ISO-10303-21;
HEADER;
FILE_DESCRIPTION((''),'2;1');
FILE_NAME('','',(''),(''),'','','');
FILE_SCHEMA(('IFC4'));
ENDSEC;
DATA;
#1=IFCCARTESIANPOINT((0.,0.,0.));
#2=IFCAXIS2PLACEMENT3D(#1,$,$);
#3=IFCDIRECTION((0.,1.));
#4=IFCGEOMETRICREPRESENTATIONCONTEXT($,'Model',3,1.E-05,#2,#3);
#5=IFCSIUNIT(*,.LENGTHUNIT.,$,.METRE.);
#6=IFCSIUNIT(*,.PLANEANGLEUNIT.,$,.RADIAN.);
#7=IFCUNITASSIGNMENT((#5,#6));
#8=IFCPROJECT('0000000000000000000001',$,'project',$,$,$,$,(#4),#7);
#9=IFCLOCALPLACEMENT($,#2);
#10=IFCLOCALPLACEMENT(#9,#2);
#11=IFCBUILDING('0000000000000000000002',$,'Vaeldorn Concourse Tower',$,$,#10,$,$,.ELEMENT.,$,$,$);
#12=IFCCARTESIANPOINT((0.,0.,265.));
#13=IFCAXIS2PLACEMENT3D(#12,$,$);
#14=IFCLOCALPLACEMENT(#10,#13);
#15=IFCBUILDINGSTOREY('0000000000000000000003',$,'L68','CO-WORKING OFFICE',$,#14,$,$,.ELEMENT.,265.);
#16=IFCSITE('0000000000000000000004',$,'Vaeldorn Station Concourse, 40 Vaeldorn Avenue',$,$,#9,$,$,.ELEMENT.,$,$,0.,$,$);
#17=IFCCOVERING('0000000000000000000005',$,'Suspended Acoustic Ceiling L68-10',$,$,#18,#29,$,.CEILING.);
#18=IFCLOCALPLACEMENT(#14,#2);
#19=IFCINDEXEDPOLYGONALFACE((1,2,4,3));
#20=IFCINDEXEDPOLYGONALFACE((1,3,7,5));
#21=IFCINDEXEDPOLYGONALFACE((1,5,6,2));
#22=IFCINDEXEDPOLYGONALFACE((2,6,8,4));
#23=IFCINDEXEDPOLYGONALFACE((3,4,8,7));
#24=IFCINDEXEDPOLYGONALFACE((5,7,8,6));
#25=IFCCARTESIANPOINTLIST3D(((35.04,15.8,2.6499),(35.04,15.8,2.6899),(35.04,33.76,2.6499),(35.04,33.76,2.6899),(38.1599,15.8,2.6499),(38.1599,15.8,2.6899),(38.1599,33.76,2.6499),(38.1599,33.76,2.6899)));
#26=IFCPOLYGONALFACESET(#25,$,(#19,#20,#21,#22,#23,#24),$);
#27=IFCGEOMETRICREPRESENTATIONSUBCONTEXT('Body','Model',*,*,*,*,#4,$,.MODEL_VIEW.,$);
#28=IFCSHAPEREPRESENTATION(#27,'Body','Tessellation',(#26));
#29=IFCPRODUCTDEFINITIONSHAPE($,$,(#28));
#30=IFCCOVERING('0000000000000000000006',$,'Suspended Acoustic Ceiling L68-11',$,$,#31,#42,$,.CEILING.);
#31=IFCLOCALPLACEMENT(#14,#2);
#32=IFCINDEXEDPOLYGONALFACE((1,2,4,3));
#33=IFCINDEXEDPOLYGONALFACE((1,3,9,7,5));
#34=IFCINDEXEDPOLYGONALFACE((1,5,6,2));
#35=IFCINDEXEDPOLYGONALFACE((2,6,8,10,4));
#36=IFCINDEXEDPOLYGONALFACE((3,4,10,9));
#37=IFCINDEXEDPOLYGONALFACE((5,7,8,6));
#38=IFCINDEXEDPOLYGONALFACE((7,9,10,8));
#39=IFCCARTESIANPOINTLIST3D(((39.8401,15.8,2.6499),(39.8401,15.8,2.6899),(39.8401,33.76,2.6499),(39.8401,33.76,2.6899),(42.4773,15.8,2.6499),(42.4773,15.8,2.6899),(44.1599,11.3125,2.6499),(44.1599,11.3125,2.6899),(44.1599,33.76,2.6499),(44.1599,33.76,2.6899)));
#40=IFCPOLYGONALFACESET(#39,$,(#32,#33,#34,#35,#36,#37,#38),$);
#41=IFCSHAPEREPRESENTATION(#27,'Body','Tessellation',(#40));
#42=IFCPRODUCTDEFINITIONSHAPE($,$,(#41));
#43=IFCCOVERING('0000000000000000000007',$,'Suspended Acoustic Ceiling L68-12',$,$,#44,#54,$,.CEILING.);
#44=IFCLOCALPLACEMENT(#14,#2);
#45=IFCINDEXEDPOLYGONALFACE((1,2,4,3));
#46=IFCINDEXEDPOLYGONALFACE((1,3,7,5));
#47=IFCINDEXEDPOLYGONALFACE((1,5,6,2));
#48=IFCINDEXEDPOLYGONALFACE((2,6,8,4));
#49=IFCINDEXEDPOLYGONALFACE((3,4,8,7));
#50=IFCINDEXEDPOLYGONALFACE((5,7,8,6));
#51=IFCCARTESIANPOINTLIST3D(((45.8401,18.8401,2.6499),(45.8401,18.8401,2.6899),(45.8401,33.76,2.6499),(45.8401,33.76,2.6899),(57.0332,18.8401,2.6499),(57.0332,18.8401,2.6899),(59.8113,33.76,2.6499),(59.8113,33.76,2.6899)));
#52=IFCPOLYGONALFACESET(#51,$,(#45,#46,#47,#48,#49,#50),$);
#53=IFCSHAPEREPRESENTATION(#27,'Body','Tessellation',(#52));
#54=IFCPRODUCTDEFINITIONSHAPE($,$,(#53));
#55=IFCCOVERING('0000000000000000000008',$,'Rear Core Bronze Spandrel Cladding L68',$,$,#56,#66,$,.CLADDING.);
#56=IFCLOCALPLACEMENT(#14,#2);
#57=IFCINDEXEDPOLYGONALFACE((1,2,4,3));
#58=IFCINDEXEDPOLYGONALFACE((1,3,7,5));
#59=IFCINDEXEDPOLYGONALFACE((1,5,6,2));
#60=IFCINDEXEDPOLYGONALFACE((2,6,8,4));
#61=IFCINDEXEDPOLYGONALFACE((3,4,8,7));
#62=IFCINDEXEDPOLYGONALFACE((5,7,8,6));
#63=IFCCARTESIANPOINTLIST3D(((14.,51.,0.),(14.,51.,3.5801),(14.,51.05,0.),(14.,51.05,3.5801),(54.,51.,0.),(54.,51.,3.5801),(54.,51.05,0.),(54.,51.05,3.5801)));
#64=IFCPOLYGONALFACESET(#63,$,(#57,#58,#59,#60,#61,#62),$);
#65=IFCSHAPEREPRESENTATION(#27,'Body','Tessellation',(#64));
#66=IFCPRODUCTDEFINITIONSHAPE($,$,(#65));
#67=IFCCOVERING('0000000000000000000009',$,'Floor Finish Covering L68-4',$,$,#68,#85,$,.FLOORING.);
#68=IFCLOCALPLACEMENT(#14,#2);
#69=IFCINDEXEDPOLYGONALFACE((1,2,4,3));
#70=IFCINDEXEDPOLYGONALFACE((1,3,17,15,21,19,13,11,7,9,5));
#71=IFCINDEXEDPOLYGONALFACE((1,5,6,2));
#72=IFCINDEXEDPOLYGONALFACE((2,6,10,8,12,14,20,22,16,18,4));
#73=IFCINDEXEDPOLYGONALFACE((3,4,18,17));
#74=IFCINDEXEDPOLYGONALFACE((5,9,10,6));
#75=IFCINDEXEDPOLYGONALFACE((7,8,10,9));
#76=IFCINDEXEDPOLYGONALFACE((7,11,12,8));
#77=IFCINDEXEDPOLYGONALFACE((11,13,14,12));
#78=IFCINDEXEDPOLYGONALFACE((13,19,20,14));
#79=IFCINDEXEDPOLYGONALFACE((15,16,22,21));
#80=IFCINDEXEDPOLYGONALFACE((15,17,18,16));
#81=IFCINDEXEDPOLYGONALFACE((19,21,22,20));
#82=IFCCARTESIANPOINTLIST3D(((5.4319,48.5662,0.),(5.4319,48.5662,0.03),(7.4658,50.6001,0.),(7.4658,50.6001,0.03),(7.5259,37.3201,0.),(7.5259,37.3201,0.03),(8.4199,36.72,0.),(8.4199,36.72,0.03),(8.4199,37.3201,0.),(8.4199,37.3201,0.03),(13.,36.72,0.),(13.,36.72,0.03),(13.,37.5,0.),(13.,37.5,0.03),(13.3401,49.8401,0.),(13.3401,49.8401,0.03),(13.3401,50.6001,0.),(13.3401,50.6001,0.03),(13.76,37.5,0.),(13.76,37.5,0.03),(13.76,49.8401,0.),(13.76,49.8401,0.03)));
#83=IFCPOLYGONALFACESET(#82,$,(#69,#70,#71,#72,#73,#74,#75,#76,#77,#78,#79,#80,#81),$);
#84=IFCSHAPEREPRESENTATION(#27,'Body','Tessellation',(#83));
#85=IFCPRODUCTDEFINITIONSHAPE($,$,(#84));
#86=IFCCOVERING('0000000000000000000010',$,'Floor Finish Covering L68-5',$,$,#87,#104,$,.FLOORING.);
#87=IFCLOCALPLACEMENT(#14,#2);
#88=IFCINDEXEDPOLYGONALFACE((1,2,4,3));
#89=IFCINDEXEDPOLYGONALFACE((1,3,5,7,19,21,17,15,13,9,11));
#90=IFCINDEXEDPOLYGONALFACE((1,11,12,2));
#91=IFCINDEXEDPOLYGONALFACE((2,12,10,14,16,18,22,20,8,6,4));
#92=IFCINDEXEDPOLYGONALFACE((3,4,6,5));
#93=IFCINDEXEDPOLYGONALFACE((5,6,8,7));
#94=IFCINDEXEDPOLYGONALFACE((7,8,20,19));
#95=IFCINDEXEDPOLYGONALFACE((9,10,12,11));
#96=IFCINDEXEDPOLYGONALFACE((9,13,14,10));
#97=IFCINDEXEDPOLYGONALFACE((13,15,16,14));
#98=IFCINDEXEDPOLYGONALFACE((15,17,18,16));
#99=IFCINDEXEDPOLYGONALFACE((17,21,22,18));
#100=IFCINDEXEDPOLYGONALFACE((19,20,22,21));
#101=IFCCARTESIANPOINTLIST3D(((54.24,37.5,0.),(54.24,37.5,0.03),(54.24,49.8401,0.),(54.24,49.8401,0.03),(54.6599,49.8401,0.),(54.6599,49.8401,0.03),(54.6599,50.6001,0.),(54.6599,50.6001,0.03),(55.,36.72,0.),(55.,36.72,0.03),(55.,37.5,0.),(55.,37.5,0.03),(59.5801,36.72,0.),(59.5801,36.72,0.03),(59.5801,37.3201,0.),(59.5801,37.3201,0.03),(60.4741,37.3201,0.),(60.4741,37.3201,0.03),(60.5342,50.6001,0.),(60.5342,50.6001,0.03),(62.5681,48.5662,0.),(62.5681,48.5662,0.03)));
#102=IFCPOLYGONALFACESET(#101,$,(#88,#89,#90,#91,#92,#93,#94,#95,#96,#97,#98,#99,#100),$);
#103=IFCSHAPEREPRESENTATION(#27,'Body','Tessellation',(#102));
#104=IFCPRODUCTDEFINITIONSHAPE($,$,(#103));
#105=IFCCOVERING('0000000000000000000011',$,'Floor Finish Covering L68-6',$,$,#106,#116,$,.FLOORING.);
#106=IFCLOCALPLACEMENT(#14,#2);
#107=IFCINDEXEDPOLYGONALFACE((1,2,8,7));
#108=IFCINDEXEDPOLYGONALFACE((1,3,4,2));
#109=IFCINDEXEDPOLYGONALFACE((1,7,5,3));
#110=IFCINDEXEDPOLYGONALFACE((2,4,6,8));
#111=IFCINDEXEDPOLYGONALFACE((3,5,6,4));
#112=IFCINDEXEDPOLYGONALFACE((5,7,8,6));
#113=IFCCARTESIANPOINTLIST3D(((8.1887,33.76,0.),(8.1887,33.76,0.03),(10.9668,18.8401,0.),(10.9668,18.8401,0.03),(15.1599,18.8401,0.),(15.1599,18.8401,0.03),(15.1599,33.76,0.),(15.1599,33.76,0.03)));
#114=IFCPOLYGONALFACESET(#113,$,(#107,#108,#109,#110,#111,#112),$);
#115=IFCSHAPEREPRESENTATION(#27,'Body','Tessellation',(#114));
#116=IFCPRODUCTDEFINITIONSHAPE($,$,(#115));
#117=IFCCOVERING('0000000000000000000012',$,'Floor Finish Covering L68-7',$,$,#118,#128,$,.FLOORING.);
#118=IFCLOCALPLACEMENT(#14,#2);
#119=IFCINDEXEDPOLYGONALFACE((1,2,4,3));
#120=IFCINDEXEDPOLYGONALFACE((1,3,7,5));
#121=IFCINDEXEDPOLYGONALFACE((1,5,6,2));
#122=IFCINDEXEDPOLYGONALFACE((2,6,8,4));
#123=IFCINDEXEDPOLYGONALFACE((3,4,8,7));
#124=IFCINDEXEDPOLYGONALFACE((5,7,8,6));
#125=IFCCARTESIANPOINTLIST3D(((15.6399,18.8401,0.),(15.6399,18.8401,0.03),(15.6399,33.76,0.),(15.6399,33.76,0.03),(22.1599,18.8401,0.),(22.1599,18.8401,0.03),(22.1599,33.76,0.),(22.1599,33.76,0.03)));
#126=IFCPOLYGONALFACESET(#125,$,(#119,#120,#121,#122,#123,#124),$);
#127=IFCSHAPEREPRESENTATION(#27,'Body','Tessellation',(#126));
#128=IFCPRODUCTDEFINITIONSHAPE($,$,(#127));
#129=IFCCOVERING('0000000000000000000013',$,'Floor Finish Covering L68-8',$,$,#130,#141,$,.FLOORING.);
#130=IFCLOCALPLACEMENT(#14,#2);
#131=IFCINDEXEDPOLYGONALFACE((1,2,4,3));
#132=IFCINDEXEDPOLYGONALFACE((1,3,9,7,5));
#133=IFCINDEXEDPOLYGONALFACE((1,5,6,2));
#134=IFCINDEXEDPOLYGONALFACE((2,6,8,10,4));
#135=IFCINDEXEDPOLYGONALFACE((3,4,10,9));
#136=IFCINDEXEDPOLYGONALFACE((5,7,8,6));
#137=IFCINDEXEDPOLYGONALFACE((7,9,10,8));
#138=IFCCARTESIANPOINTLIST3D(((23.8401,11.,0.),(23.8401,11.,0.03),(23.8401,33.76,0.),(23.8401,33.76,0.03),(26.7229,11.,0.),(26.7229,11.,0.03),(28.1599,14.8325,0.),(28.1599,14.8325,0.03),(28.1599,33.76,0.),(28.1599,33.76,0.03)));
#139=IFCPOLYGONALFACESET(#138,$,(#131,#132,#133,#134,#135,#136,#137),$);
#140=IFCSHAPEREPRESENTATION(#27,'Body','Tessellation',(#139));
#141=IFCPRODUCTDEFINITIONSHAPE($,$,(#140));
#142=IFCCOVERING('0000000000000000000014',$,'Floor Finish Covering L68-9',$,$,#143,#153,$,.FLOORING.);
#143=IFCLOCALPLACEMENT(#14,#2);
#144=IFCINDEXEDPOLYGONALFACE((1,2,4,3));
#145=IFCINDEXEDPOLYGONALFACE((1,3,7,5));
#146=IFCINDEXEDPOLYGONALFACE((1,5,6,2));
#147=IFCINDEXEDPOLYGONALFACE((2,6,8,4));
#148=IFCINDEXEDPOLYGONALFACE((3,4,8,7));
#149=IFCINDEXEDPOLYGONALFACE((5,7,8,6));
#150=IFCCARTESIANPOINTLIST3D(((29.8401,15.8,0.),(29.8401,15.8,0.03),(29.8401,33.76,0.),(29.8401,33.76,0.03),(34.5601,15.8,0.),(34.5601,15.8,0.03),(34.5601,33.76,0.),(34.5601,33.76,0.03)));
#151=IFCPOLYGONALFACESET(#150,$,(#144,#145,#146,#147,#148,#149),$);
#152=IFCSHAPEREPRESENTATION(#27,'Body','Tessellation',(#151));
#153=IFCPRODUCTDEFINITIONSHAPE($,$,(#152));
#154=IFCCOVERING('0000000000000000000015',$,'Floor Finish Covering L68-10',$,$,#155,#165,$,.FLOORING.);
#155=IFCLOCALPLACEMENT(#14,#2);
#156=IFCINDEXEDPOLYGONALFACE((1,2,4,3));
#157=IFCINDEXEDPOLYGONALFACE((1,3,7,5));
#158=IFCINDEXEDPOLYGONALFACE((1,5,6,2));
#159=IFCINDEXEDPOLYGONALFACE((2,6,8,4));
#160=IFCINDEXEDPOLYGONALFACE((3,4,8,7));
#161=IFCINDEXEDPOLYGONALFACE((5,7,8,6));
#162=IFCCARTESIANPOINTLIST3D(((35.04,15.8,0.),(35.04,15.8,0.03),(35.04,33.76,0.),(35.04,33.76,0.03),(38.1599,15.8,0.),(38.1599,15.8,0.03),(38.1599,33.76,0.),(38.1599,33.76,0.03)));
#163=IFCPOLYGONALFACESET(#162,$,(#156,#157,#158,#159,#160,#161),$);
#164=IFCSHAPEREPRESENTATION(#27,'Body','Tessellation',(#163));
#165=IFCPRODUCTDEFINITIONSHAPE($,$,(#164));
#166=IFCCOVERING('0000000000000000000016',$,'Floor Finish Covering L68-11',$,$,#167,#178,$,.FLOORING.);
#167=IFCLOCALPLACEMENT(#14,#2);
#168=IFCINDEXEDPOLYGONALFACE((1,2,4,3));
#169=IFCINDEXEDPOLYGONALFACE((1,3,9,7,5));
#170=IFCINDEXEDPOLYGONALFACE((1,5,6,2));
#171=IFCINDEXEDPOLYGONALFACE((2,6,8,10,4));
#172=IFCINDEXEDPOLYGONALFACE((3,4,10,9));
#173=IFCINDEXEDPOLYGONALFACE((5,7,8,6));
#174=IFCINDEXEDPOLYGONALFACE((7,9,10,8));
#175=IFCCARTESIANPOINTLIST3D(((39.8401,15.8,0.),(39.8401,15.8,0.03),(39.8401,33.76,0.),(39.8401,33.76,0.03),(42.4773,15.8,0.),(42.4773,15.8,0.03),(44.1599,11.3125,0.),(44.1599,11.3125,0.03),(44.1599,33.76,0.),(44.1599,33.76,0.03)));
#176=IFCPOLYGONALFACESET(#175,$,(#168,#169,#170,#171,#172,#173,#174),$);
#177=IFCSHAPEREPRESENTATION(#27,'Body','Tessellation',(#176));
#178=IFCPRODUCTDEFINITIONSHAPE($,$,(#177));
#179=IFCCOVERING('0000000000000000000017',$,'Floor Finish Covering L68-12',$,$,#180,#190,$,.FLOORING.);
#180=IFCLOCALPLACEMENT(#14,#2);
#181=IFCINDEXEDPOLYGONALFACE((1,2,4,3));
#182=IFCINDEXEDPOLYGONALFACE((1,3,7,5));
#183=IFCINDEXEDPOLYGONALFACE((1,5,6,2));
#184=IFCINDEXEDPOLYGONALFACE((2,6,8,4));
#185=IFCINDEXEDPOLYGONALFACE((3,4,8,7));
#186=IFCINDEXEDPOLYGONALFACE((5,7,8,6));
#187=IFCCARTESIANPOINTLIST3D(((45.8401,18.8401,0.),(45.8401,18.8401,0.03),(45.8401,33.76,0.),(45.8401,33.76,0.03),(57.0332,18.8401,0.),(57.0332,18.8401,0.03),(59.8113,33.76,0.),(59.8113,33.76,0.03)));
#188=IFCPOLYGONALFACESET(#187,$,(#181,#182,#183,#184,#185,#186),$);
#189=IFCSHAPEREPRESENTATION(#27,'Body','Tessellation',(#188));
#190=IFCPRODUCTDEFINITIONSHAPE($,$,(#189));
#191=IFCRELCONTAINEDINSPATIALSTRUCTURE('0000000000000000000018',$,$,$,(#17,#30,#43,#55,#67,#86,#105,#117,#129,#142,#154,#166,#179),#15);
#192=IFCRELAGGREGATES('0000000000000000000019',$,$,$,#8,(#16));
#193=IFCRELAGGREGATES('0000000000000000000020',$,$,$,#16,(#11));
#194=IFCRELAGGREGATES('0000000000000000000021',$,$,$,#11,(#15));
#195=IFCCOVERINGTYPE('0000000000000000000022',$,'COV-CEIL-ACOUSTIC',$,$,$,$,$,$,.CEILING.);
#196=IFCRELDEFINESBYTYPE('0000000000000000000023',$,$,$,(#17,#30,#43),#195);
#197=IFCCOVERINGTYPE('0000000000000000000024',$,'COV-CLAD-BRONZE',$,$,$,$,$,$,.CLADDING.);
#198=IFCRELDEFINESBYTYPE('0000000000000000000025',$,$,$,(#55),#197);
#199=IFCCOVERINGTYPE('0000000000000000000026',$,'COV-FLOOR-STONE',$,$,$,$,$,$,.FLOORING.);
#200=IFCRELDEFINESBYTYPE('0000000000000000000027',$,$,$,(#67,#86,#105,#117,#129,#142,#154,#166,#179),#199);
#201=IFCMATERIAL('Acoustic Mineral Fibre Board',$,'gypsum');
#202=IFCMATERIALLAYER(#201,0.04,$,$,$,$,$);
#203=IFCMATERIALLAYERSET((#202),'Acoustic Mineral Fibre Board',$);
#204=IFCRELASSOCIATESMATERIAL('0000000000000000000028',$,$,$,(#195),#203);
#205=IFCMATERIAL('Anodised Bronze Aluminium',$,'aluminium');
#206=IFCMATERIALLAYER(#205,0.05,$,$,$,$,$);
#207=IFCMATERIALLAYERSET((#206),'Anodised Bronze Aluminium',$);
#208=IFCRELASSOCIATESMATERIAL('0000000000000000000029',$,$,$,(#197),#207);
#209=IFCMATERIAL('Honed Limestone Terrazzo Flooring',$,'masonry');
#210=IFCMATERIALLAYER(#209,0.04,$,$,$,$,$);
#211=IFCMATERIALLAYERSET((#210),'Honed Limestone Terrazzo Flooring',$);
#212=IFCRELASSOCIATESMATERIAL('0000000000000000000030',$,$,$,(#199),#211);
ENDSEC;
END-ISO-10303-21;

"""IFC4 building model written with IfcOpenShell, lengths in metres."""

from ifc_helpers import new_model, si_unit, direction, frame, origin, place, context, subcontext, project, spatial, polyline, outline, extrude, material, layer, layer_set, type_object, element, save


model = new_model("IFC4")

# Units and contexts
model_context = context("Model", 3, precision=1e-05, world=origin(), true_north=direction((0.0, 1.0)))
body_context = subcontext(model_context, "Body", "Model", "MODEL_VIEW")
ifc_project = project(units=[si_unit("LENGTHUNIT", "METRE"), si_unit("PLANEANGLEUNIT", "RADIAN")], contexts=[model_context])

# Site, building, storey
site_placement = place(None, origin())
site = spatial("IfcSite", under=ifc_project, at=site_placement, Name="Vaeldorn Station Concourse, 40 Vaeldorn Avenue", CompositionType="ELEMENT", RefElevation=0.0)
building_placement = place(site_placement, origin())
building = spatial("IfcBuilding", under=site, at=building_placement, Name="Vaeldorn Concourse Tower", CompositionType="ELEMENT")
storey_placement = place(building_placement, frame((0.0, 0.0, 265.0)))
storey = spatial("IfcBuildingStorey", under=building, at=storey_placement, Name="L68", Description="CO-WORKING OFFICE", CompositionType="ELEMENT", Elevation=265.0)

# Coverings
ifc_material_1 = material(Name="Acoustic Mineral Fibre Board", Category="gypsum")
ifc_layer_1 = layer(ifc_material_1, 0.04)
ifc_layer_set_1 = layer_set([ifc_layer_1], Name="Acoustic Mineral Fibre Board")
covering_type_1 = type_object("IfcCoveringType", Name="COV-CEIL-ACOUSTIC", PredefinedType="CEILING", material=ifc_layer_set_1)
covering_1_placement = place(storey_placement, frame((0.0, 0.0, 2.6499)))
element("IfcCovering", 1, at=covering_1_placement, inside=storey, type_object=covering_type_1, Name="Suspended Acoustic Ceiling L68-10", PredefinedType="CEILING", context=body_context, shape_type="SweptSolid", body=[
    extrude(outline(polyline([(35.04, 33.76), (38.1599, 33.76), (38.1599, 15.8), (35.04, 15.8), (35.04, 33.76)])), origin(), (0.0, 0.0, 1.0), 0.04),
])
covering_2_placement = place(storey_placement, frame((0.0, 0.0, 2.6499)))
element("IfcCovering", 2, at=covering_2_placement, inside=storey, type_object=covering_type_1, Name="Suspended Acoustic Ceiling L68-11", PredefinedType="CEILING", context=body_context, shape_type="SweptSolid", body=[
    extrude(outline(polyline([(39.8401, 15.8), (39.8401, 33.76), (44.1599, 33.76), (44.1599, 11.3125), (42.4773, 15.8), (39.8401, 15.8)])), origin(), (0.0, 0.0, 1.0), 0.04),
])
covering_3_placement = place(storey_placement, frame((0.0, 0.0, 2.6499)))
element("IfcCovering", 3, at=covering_3_placement, inside=storey, type_object=covering_type_1, Name="Suspended Acoustic Ceiling L68-12", PredefinedType="CEILING", context=body_context, shape_type="SweptSolid", body=[
    extrude(outline(polyline([(45.8401, 18.8401), (45.8401, 33.76), (59.8113, 33.76), (57.0332, 18.8401), (45.8401, 18.8401)])), origin(), (0.0, 0.0, 1.0), 0.04),
])
ifc_material_2 = material(Name="Anodised Bronze Aluminium", Category="aluminium")
ifc_layer_2 = layer(ifc_material_2, 0.05)
ifc_layer_set_2 = layer_set([ifc_layer_2], Name="Anodised Bronze Aluminium")
covering_type_2 = type_object("IfcCoveringType", Name="COV-CLAD-BRONZE", PredefinedType="CLADDING", material=ifc_layer_set_2)
covering_4_placement = place(storey_placement, origin())
element("IfcCovering", 4, at=covering_4_placement, inside=storey, type_object=covering_type_2, Name="Rear Core Bronze Spandrel Cladding L68", PredefinedType="CLADDING", context=body_context, shape_type="SweptSolid", body=[
    extrude(outline(polyline([(14.0, 51.0), (54.0, 51.0), (54.0, 51.05), (14.0, 51.05), (14.0, 51.0)])), origin(), (0.0, 0.0, 1.0), 3.5801),
])
ifc_material_3 = material(Name="Honed Limestone Terrazzo Flooring", Category="masonry")
ifc_layer_3 = layer(ifc_material_3, 0.04)
ifc_layer_set_3 = layer_set([ifc_layer_3], Name="Honed Limestone Terrazzo Flooring")
covering_type_3 = type_object("IfcCoveringType", Name="COV-FLOOR-STONE", PredefinedType="FLOORING", material=ifc_layer_set_3)
covering_5_placement = place(storey_placement, origin())
element("IfcCovering", 5, at=covering_5_placement, inside=storey, type_object=covering_type_3, Name="Floor Finish Covering L68-4", PredefinedType="FLOORING", context=body_context, shape_type="SweptSolid", body=[
    extrude(outline(polyline([(13.3401, 50.6001), (13.3401, 49.8401), (13.76, 49.8401), (13.76, 37.5), (13.0, 37.5), (13.0, 36.72), (8.4199, 36.72), (8.4199, 37.3201), (7.5259, 37.3201), (5.4319, 48.5662), (7.4658, 50.6001), (13.3401, 50.6001)])), origin(), (0.0, 0.0, 1.0), 0.03),
])
covering_6_placement = place(storey_placement, origin())
element("IfcCovering", 6, at=covering_6_placement, inside=storey, type_object=covering_type_3, Name="Floor Finish Covering L68-5", PredefinedType="FLOORING", context=body_context, shape_type="SweptSolid", body=[
    extrude(outline(polyline([(54.6599, 49.8401), (54.6599, 50.6001), (60.5342, 50.6001), (62.5681, 48.5662), (60.4741, 37.3201), (59.5801, 37.3201), (59.5801, 36.72), (55.0, 36.72), (55.0, 37.5), (54.24, 37.5), (54.24, 49.8401), (54.6599, 49.8401)])), origin(), (0.0, 0.0, 1.0), 0.03),
])
covering_7_placement = place(storey_placement, origin())
element("IfcCovering", 7, at=covering_7_placement, inside=storey, type_object=covering_type_3, Name="Floor Finish Covering L68-6", PredefinedType="FLOORING", context=body_context, shape_type="SweptSolid", body=[
    extrude(outline(polyline([(15.1599, 33.76), (15.1599, 18.8401), (10.9668, 18.8401), (8.1887, 33.76), (15.1599, 33.76)])), origin(), (0.0, 0.0, 1.0), 0.03),
])
covering_8_placement = place(storey_placement, origin())
element("IfcCovering", 8, at=covering_8_placement, inside=storey, type_object=covering_type_3, Name="Floor Finish Covering L68-7", PredefinedType="FLOORING", context=body_context, shape_type="SweptSolid", body=[
    extrude(outline(polyline([(15.6399, 33.76), (22.1599, 33.76), (22.1599, 18.8401), (15.6399, 18.8401), (15.6399, 33.76)])), origin(), (0.0, 0.0, 1.0), 0.03),
])
covering_9_placement = place(storey_placement, origin())
element("IfcCovering", 9, at=covering_9_placement, inside=storey, type_object=covering_type_3, Name="Floor Finish Covering L68-8", PredefinedType="FLOORING", context=body_context, shape_type="SweptSolid", body=[
    extrude(outline(polyline([(23.8401, 11.0), (23.8401, 33.76), (28.1599, 33.76), (28.1599, 14.8325), (26.7229, 11.0), (23.8401, 11.0)])), origin(), (0.0, 0.0, 1.0), 0.03),
])
covering_10_placement = place(storey_placement, origin())
element("IfcCovering", 10, at=covering_10_placement, inside=storey, type_object=covering_type_3, Name="Floor Finish Covering L68-9", PredefinedType="FLOORING", context=body_context, shape_type="SweptSolid", body=[
    extrude(outline(polyline([(29.8401, 33.76), (34.5601, 33.76), (34.5601, 15.8), (29.8401, 15.8), (29.8401, 33.76)])), origin(), (0.0, 0.0, 1.0), 0.03),
])
covering_11_placement = place(storey_placement, origin())
element("IfcCovering", 11, at=covering_11_placement, inside=storey, type_object=covering_type_3, Name="Floor Finish Covering L68-10", PredefinedType="FLOORING", context=body_context, shape_type="SweptSolid", body=[
    extrude(outline(polyline([(35.04, 33.76), (38.1599, 33.76), (38.1599, 15.8), (35.04, 15.8), (35.04, 33.76)])), origin(), (0.0, 0.0, 1.0), 0.03),
])
covering_12_placement = place(storey_placement, origin())
element("IfcCovering", 12, at=covering_12_placement, inside=storey, type_object=covering_type_3, Name="Floor Finish Covering L68-11", PredefinedType="FLOORING", context=body_context, shape_type="SweptSolid", body=[
    extrude(outline(polyline([(39.8401, 15.8), (39.8401, 33.76), (44.1599, 33.76), (44.1599, 11.3125), (42.4773, 15.8), (39.8401, 15.8)])), origin(), (0.0, 0.0, 1.0), 0.03),
])
covering_13_placement = place(storey_placement, origin())
element("IfcCovering", 13, at=covering_13_placement, inside=storey, type_object=covering_type_3, Name="Floor Finish Covering L68-12", PredefinedType="FLOORING", context=body_context, shape_type="SweptSolid", body=[
    extrude(outline(polyline([(45.8401, 18.8401), (45.8401, 33.76), (59.8113, 33.76), (57.0332, 18.8401), (45.8401, 18.8401)])), origin(), (0.0, 0.0, 1.0), 0.03),
])

save(model, "model.ifc")
